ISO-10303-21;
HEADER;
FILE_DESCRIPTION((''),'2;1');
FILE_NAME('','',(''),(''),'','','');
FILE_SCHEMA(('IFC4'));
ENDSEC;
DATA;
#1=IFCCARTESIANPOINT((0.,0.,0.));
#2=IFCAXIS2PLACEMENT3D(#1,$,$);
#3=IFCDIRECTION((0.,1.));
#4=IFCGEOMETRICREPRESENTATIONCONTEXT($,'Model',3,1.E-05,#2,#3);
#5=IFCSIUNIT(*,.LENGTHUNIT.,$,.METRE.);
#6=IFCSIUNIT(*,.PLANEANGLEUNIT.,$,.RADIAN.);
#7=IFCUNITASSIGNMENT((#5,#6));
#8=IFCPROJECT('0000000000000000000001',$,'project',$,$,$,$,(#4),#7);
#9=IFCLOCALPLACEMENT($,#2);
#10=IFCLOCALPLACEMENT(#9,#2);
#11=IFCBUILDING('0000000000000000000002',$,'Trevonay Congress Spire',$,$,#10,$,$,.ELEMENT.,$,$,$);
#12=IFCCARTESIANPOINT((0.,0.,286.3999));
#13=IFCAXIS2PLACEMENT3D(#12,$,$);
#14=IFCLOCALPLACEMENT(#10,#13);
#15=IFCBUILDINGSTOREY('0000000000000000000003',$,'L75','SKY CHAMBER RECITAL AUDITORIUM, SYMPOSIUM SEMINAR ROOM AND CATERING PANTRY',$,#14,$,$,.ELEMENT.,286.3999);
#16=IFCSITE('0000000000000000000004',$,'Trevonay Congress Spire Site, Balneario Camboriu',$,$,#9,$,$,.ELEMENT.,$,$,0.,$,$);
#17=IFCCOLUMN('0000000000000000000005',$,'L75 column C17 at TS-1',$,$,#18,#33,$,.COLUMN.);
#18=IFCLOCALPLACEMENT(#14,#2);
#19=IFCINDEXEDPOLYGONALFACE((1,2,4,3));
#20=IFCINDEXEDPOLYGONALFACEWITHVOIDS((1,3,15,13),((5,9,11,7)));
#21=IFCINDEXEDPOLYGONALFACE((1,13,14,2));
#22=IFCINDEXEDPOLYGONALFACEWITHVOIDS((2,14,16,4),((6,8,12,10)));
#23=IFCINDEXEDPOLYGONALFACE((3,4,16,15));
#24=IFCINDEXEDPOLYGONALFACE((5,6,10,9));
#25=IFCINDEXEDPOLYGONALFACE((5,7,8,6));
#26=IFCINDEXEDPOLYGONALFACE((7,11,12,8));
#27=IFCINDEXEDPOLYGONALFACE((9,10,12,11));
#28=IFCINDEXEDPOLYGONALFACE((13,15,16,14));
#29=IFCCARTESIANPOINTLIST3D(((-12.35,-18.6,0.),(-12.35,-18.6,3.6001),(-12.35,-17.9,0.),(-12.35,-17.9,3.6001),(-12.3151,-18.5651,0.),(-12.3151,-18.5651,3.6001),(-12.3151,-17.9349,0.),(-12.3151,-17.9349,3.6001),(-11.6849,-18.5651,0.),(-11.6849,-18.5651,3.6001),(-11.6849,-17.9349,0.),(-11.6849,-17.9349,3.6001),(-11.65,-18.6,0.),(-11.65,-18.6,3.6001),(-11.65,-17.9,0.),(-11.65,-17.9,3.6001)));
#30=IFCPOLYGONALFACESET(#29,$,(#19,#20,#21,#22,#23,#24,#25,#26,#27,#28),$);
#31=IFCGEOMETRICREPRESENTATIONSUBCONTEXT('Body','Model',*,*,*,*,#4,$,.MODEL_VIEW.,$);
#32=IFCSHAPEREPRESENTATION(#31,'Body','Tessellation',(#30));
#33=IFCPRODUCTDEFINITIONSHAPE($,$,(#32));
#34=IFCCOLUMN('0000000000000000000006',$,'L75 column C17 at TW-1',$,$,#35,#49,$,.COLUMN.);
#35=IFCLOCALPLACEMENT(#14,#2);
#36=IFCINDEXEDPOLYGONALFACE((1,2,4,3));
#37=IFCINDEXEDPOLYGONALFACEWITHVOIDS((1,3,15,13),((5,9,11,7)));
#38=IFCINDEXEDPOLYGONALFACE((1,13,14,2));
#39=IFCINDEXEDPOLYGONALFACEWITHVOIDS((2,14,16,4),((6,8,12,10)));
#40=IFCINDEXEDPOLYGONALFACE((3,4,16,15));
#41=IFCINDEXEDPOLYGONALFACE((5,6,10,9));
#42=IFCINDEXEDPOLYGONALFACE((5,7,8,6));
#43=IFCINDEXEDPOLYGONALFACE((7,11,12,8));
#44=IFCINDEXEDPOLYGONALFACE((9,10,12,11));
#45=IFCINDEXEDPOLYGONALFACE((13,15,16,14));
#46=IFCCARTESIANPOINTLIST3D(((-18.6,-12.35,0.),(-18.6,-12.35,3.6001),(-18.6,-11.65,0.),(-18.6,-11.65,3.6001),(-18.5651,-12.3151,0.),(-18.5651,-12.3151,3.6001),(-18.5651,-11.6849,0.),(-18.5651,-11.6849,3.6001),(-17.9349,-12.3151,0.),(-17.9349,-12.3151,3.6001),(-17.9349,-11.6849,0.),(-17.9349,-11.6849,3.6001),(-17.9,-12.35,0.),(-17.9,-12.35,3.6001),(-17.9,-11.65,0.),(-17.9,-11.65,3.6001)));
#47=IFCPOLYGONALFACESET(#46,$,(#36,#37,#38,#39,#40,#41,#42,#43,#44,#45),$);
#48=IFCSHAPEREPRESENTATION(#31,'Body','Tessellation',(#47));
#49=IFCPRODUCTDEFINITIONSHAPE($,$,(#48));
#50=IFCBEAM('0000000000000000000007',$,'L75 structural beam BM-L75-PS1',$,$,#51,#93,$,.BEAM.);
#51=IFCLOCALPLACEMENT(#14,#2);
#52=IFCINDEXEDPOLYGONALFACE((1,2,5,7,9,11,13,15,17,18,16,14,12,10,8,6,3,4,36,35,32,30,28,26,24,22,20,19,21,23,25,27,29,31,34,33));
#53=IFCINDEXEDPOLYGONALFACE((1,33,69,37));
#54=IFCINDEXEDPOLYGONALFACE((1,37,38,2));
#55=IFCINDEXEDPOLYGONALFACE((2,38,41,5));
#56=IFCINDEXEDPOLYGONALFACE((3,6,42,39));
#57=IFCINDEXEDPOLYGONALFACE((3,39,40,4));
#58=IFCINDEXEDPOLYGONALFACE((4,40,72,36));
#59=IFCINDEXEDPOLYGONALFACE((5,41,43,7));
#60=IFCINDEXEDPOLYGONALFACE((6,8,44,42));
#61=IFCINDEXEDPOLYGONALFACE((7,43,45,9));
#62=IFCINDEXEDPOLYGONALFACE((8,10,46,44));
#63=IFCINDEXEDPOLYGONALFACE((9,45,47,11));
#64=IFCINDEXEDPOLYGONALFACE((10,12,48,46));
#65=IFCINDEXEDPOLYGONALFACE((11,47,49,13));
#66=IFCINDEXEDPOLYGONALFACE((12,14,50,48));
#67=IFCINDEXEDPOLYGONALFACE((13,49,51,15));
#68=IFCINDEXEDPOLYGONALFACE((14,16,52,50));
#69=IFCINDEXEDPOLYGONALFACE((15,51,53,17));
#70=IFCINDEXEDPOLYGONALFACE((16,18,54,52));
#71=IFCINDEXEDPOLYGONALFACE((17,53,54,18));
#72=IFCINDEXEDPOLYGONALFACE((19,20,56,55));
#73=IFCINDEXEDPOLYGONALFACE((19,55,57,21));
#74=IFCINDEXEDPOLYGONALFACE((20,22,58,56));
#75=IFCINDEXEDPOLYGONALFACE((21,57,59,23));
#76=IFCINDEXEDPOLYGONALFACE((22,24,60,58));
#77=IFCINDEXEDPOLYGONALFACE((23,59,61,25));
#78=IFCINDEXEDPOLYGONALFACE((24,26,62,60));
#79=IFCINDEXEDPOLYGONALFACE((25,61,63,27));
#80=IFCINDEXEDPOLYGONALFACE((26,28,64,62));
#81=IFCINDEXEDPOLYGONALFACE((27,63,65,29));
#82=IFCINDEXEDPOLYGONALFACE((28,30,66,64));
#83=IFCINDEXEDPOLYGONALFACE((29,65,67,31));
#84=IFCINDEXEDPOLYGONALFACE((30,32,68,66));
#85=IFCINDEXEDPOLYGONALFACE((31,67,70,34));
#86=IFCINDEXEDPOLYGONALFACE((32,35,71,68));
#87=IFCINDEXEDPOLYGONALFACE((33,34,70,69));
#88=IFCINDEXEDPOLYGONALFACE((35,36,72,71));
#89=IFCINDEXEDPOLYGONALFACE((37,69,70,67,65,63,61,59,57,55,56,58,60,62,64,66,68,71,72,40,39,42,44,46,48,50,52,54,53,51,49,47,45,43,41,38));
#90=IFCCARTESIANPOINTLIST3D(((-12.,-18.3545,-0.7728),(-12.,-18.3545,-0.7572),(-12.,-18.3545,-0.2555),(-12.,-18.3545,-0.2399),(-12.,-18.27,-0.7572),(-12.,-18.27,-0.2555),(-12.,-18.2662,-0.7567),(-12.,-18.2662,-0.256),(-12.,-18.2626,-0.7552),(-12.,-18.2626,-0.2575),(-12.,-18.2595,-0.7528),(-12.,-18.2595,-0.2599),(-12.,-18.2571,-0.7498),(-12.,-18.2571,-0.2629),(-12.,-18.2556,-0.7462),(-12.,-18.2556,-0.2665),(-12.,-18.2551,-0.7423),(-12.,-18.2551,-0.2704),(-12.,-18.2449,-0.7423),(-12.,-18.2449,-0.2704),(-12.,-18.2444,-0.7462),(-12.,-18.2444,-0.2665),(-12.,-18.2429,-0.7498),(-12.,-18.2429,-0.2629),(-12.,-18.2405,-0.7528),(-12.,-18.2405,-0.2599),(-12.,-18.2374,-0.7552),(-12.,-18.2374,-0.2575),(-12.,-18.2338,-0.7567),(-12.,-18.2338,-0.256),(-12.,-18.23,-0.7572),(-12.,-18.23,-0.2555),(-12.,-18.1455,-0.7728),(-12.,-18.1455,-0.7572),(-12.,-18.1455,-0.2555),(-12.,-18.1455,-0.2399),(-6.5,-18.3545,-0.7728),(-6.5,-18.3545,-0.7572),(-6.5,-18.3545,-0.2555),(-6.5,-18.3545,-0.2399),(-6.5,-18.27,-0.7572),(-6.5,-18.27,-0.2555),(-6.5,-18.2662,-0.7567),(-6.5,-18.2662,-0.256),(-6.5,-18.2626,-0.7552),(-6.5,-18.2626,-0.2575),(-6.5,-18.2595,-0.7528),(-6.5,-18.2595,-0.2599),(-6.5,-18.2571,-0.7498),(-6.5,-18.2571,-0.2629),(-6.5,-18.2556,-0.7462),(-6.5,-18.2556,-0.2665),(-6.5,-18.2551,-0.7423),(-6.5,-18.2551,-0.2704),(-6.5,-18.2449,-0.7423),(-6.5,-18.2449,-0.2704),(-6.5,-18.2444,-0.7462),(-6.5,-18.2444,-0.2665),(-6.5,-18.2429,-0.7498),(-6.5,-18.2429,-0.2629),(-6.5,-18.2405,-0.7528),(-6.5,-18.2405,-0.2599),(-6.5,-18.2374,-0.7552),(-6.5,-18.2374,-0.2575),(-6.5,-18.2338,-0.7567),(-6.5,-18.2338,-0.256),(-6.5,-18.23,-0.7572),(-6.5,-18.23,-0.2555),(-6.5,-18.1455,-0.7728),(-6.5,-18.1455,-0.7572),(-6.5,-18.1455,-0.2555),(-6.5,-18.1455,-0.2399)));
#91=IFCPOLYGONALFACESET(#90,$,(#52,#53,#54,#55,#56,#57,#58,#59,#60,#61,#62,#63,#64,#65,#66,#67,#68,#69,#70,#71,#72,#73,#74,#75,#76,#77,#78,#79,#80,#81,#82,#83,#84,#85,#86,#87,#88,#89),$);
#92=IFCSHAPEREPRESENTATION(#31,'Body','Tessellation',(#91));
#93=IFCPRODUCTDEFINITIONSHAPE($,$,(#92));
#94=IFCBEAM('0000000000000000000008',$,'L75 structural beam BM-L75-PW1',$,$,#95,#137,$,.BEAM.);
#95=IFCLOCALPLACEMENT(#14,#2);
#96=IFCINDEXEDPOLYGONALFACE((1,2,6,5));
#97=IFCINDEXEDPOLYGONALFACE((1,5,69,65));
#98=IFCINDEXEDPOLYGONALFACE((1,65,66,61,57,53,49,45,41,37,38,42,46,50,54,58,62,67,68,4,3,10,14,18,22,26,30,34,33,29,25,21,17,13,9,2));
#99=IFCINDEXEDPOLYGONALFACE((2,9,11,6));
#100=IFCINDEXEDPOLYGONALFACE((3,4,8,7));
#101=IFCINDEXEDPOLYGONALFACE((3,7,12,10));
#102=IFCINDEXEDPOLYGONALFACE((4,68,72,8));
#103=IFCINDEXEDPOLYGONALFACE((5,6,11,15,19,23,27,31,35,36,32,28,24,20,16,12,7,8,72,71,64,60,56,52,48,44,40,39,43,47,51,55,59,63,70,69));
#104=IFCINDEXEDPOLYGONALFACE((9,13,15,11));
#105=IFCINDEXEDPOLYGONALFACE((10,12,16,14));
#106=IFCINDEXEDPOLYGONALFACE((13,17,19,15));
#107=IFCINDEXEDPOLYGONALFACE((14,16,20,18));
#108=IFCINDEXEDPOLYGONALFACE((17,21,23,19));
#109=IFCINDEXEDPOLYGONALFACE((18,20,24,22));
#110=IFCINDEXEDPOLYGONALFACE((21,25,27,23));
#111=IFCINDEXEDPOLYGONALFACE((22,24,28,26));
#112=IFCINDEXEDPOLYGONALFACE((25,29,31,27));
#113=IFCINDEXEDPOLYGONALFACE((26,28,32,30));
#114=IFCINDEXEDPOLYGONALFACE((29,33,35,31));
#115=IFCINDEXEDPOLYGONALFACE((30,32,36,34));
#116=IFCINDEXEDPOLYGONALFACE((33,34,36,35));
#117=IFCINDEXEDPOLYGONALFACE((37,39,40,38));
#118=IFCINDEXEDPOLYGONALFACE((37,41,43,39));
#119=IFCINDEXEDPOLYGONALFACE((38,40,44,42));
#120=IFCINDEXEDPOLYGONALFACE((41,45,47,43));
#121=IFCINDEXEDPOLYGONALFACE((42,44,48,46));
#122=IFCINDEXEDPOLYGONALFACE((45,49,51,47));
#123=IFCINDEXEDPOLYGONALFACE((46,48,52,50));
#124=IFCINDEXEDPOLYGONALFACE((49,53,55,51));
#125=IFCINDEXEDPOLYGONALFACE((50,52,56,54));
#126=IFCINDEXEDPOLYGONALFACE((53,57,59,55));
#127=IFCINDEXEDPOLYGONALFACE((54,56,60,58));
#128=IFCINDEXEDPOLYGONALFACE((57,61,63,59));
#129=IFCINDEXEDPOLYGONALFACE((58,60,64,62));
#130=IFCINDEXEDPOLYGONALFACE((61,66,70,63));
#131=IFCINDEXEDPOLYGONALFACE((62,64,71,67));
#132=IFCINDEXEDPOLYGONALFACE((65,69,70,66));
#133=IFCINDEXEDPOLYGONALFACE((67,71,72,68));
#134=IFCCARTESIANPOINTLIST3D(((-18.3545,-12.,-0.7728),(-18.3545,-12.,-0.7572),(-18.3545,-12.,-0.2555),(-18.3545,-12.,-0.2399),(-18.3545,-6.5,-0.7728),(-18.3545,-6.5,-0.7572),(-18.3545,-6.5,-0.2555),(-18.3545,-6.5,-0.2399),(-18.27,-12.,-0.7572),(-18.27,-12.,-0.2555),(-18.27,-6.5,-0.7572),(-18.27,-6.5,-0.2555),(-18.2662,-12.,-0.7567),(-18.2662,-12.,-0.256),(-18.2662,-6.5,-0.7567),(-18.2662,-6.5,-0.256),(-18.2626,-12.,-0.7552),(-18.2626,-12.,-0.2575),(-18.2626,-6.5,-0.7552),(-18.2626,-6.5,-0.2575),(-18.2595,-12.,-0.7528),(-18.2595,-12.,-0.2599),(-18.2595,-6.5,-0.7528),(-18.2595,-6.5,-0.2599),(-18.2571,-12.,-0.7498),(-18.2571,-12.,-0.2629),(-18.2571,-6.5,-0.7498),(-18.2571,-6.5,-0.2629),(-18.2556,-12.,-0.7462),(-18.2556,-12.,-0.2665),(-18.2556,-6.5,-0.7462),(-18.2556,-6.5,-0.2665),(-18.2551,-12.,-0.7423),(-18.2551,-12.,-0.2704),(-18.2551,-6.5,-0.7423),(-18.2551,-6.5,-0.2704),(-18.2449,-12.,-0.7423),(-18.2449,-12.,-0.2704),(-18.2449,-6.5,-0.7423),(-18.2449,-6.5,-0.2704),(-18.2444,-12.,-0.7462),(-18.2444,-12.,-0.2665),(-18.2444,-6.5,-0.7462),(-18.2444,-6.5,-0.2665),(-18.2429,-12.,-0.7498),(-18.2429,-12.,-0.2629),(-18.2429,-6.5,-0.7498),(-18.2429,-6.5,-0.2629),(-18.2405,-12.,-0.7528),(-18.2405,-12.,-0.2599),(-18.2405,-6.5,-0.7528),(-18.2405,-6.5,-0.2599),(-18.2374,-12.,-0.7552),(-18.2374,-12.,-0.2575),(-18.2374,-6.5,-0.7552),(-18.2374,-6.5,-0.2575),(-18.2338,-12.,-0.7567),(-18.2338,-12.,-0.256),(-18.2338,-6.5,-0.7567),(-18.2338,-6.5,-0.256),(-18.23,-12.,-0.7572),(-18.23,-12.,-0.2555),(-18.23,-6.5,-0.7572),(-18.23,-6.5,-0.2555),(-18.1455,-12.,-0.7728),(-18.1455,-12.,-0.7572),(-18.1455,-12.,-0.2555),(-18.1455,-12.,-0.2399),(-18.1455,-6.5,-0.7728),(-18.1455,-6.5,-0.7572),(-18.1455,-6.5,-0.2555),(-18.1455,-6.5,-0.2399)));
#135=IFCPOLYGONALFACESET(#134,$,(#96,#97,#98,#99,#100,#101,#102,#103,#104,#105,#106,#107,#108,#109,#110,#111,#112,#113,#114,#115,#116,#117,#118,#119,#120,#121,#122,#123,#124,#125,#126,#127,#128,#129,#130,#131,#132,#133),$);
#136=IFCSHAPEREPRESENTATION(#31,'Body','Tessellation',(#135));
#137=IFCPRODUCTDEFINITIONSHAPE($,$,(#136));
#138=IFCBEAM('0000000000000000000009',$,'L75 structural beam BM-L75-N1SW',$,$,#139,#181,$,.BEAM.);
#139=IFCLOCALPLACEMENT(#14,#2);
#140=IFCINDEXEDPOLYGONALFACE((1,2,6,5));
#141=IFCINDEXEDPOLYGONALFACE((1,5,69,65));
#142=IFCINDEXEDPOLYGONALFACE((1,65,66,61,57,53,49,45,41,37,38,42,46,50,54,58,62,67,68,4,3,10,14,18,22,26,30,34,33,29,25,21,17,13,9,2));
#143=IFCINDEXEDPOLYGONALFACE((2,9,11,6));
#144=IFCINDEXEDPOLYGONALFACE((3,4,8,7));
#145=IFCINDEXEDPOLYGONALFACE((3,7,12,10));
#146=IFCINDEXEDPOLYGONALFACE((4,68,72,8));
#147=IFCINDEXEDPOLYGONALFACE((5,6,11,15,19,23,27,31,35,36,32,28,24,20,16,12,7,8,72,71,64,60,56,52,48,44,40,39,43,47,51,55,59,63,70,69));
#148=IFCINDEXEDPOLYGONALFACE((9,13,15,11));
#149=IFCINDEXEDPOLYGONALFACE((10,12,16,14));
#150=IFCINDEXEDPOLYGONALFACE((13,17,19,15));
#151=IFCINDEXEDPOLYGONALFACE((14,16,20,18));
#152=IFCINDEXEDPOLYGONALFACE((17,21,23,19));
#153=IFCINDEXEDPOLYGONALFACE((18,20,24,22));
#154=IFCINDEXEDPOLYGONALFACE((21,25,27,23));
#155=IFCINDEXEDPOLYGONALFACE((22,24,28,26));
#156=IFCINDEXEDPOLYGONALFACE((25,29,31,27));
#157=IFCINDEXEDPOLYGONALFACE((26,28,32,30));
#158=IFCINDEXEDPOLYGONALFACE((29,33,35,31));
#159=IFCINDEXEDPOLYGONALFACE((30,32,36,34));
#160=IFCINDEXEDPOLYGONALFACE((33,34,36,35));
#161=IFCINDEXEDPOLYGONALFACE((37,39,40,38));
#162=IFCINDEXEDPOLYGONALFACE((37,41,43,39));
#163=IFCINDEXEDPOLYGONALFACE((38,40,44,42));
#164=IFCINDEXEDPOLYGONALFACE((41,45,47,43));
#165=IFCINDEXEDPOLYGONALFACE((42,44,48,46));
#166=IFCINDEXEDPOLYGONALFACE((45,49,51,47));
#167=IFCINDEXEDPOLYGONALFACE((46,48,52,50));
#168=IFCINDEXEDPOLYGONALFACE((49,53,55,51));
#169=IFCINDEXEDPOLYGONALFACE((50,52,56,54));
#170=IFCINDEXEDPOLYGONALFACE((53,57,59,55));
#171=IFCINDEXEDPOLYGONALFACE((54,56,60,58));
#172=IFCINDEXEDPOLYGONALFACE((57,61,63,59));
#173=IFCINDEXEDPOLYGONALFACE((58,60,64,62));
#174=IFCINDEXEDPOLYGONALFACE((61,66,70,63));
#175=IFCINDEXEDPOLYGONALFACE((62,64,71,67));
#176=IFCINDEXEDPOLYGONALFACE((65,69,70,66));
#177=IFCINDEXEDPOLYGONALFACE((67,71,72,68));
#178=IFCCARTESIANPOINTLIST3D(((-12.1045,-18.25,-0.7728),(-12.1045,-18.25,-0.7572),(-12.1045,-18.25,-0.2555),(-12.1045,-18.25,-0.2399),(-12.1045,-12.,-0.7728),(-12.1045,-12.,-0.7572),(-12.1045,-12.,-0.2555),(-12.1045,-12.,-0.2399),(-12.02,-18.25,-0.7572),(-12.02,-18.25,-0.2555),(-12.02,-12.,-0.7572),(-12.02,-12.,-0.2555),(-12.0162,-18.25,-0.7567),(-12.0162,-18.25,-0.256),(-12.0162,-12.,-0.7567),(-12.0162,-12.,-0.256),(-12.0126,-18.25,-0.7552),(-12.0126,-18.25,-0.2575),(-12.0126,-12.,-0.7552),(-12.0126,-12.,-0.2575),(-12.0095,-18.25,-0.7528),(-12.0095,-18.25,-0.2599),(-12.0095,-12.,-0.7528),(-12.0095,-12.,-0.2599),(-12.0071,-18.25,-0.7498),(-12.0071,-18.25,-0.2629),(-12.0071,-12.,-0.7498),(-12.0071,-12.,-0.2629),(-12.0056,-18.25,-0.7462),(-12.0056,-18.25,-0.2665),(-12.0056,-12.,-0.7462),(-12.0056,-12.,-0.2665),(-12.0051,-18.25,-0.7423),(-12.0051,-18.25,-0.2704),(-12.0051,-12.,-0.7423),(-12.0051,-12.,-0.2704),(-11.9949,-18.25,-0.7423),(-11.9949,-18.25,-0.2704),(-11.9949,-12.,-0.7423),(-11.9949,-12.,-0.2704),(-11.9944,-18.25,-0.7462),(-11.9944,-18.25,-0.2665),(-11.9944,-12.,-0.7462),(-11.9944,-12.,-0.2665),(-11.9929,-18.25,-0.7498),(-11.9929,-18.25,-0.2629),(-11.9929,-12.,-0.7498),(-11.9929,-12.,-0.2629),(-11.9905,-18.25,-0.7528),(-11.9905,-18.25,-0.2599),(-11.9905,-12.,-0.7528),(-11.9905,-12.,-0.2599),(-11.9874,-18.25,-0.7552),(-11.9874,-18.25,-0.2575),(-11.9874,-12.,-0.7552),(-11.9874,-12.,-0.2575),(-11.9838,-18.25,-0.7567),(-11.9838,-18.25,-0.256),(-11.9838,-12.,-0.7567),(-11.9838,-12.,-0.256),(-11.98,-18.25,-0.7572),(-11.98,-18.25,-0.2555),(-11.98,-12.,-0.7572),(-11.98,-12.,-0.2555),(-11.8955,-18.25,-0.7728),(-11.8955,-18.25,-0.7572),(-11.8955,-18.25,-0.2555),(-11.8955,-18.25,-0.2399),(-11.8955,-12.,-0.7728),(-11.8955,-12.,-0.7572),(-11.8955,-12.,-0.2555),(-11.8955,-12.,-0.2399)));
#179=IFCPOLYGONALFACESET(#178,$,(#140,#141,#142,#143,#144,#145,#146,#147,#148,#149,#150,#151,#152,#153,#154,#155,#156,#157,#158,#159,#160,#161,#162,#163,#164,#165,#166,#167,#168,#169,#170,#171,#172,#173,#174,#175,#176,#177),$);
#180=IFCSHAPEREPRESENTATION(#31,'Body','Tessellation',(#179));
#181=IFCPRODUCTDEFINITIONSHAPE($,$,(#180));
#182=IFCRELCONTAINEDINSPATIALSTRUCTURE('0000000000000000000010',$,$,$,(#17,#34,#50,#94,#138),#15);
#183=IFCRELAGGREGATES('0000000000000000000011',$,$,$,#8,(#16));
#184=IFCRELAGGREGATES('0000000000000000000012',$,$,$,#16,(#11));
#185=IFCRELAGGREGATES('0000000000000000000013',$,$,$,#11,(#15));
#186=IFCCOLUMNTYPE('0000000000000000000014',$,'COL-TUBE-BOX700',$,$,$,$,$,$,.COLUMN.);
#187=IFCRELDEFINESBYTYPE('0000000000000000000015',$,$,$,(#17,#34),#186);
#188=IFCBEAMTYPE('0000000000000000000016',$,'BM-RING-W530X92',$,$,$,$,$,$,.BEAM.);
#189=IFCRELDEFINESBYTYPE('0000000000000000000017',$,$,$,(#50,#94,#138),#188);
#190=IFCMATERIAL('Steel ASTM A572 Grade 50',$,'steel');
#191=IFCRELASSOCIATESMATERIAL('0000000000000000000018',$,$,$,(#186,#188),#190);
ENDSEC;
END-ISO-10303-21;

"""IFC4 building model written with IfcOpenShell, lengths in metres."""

from ifc_helpers import new_model, si_unit, direction, frame, origin, origin_2d, place, context, subcontext, project, spatial, hollow_rectangle, i_section, extrude, material, material_profile, profile_set, type_object, element, save


model = new_model("IFC4")

# Units and contexts
model_context = context("Model", 3, precision=1e-05, world=origin(), true_north=direction((0.0, 1.0)))
body_context = subcontext(model_context, "Body", "Model", "MODEL_VIEW")
ifc_project = project(units=[si_unit("LENGTHUNIT", "METRE"), si_unit("PLANEANGLEUNIT", "RADIAN")], contexts=[model_context])

# Site, building, storey
site_placement = place(None, origin())
site = spatial("IfcSite", under=ifc_project, at=site_placement, Name="Trevonay Congress Spire Site, Balneario Camboriu", CompositionType="ELEMENT", RefElevation=0.0)
building_placement = place(site_placement, origin())
building = spatial("IfcBuilding", under=site, at=building_placement, Name="Trevonay Congress Spire", CompositionType="ELEMENT")
storey_placement = place(building_placement, frame((0.0, 0.0, 286.3999)))
storey = spatial("IfcBuildingStorey", under=building, at=storey_placement, Name="L75", Description="SKY CHAMBER RECITAL AUDITORIUM, SYMPOSIUM SEMINAR ROOM AND CATERING PANTRY", CompositionType="ELEMENT", Elevation=286.3999)

# Columns
ifc_material_1 = material(Name="Steel ASTM A572 Grade 50", Category="steel")
ifc_material_profile_1 = material_profile(ifc_material_1, hollow_rectangle(XDim=0.7, YDim=0.7, WallThickness=0.0349, at=origin_2d()), Name="BOX 700x700x35")
ifc_profile_set_1 = profile_set([ifc_material_profile_1], Name="Steel ASTM A572 Grade 50")
column_type = type_object("IfcColumnType", Name="COL-TUBE-BOX700", PredefinedType="COLUMN", material=ifc_profile_set_1)
for number, where, z_axis, x_axis, name in (
    (1, (-12.0, -18.25, 0.0), (0.0, 0.0, 1.0), (1.0, 0.0, 0.0), "L75 column C17 at TS-1"),
    (2, (-18.25, -12.0, 0.0), (0.0, 0.0, 1.0), (1.0, 0.0, 0.0), "L75 column C17 at TW-1"),
):
    element("IfcColumn", number, at=place(storey_placement, frame(where, z_axis=z_axis, x_axis=x_axis)), inside=storey, type_object=column_type, Name=name, PredefinedType="COLUMN", context=body_context, shape_type="SweptSolid", body=[
        extrude(hollow_rectangle(XDim=0.7, YDim=0.7, WallThickness=0.0349, at=origin_2d()), origin(), (0.0, 0.0, 1.0), 3.6001),
    ])

# Beams
ifc_material_profile_2 = material_profile(ifc_material_1, i_section(OverallWidth=0.209, OverallDepth=0.533, WebThickness=0.0103, FlangeThickness=0.0156, FilletRadius=0.0149, at=origin_2d()), Name="W530x92")
ifc_profile_set_2 = profile_set([ifc_material_profile_2], Name="Steel ASTM A572 Grade 50")
beam_type_1 = type_object("IfcBeamType", Name="BM-RING-W530X92", PredefinedType="BEAM", material=ifc_profile_set_2)
for number, where, z_axis, x_axis, name in (
    (3, (-12.0, -18.25, -0.5063), (1.0, 0.0, 0.0), (0.0, 1.0, 0.0), "L75 structural beam BM-L75-PS1"),
    (4, (-18.25, -12.0, -0.5063), (0.0, 1.0, 0.0), (-1.0, 0.0, 0.0), "L75 structural beam BM-L75-PW1"),
):
    element("IfcBeam", number, at=place(storey_placement, frame(where, z_axis=z_axis, x_axis=x_axis)), inside=storey, type_object=beam_type_1, Name=name, PredefinedType="BEAM", context=body_context, shape_type="SweptSolid", body=[
        extrude(i_section(OverallWidth=0.209, OverallDepth=0.533, WebThickness=0.0103, FlangeThickness=0.0156, FilletRadius=0.0149, at=origin_2d()), origin(), (0.0, 0.0, 1.0), 5.5),
    ])
for number, where, z_axis, x_axis, name in (
    (5, (-12.0, -18.25, -0.5063), (0.0, 1.0, 0.0), (-1.0, 0.0, 0.0), "L75 structural beam BM-L75-N1SW"),
):
    element("IfcBeam", number, at=place(storey_placement, frame(where, z_axis=z_axis, x_axis=x_axis)), inside=storey, type_object=beam_type_1, Name=name, PredefinedType="BEAM", context=body_context, shape_type="SweptSolid", body=[
        extrude(i_section(OverallWidth=0.209, OverallDepth=0.533, WebThickness=0.0103, FlangeThickness=0.0156, FilletRadius=0.0149, at=origin_2d()), origin(), (0.0, 0.0, 1.0), 6.25),
    ])

save(model, "model.ifc")
